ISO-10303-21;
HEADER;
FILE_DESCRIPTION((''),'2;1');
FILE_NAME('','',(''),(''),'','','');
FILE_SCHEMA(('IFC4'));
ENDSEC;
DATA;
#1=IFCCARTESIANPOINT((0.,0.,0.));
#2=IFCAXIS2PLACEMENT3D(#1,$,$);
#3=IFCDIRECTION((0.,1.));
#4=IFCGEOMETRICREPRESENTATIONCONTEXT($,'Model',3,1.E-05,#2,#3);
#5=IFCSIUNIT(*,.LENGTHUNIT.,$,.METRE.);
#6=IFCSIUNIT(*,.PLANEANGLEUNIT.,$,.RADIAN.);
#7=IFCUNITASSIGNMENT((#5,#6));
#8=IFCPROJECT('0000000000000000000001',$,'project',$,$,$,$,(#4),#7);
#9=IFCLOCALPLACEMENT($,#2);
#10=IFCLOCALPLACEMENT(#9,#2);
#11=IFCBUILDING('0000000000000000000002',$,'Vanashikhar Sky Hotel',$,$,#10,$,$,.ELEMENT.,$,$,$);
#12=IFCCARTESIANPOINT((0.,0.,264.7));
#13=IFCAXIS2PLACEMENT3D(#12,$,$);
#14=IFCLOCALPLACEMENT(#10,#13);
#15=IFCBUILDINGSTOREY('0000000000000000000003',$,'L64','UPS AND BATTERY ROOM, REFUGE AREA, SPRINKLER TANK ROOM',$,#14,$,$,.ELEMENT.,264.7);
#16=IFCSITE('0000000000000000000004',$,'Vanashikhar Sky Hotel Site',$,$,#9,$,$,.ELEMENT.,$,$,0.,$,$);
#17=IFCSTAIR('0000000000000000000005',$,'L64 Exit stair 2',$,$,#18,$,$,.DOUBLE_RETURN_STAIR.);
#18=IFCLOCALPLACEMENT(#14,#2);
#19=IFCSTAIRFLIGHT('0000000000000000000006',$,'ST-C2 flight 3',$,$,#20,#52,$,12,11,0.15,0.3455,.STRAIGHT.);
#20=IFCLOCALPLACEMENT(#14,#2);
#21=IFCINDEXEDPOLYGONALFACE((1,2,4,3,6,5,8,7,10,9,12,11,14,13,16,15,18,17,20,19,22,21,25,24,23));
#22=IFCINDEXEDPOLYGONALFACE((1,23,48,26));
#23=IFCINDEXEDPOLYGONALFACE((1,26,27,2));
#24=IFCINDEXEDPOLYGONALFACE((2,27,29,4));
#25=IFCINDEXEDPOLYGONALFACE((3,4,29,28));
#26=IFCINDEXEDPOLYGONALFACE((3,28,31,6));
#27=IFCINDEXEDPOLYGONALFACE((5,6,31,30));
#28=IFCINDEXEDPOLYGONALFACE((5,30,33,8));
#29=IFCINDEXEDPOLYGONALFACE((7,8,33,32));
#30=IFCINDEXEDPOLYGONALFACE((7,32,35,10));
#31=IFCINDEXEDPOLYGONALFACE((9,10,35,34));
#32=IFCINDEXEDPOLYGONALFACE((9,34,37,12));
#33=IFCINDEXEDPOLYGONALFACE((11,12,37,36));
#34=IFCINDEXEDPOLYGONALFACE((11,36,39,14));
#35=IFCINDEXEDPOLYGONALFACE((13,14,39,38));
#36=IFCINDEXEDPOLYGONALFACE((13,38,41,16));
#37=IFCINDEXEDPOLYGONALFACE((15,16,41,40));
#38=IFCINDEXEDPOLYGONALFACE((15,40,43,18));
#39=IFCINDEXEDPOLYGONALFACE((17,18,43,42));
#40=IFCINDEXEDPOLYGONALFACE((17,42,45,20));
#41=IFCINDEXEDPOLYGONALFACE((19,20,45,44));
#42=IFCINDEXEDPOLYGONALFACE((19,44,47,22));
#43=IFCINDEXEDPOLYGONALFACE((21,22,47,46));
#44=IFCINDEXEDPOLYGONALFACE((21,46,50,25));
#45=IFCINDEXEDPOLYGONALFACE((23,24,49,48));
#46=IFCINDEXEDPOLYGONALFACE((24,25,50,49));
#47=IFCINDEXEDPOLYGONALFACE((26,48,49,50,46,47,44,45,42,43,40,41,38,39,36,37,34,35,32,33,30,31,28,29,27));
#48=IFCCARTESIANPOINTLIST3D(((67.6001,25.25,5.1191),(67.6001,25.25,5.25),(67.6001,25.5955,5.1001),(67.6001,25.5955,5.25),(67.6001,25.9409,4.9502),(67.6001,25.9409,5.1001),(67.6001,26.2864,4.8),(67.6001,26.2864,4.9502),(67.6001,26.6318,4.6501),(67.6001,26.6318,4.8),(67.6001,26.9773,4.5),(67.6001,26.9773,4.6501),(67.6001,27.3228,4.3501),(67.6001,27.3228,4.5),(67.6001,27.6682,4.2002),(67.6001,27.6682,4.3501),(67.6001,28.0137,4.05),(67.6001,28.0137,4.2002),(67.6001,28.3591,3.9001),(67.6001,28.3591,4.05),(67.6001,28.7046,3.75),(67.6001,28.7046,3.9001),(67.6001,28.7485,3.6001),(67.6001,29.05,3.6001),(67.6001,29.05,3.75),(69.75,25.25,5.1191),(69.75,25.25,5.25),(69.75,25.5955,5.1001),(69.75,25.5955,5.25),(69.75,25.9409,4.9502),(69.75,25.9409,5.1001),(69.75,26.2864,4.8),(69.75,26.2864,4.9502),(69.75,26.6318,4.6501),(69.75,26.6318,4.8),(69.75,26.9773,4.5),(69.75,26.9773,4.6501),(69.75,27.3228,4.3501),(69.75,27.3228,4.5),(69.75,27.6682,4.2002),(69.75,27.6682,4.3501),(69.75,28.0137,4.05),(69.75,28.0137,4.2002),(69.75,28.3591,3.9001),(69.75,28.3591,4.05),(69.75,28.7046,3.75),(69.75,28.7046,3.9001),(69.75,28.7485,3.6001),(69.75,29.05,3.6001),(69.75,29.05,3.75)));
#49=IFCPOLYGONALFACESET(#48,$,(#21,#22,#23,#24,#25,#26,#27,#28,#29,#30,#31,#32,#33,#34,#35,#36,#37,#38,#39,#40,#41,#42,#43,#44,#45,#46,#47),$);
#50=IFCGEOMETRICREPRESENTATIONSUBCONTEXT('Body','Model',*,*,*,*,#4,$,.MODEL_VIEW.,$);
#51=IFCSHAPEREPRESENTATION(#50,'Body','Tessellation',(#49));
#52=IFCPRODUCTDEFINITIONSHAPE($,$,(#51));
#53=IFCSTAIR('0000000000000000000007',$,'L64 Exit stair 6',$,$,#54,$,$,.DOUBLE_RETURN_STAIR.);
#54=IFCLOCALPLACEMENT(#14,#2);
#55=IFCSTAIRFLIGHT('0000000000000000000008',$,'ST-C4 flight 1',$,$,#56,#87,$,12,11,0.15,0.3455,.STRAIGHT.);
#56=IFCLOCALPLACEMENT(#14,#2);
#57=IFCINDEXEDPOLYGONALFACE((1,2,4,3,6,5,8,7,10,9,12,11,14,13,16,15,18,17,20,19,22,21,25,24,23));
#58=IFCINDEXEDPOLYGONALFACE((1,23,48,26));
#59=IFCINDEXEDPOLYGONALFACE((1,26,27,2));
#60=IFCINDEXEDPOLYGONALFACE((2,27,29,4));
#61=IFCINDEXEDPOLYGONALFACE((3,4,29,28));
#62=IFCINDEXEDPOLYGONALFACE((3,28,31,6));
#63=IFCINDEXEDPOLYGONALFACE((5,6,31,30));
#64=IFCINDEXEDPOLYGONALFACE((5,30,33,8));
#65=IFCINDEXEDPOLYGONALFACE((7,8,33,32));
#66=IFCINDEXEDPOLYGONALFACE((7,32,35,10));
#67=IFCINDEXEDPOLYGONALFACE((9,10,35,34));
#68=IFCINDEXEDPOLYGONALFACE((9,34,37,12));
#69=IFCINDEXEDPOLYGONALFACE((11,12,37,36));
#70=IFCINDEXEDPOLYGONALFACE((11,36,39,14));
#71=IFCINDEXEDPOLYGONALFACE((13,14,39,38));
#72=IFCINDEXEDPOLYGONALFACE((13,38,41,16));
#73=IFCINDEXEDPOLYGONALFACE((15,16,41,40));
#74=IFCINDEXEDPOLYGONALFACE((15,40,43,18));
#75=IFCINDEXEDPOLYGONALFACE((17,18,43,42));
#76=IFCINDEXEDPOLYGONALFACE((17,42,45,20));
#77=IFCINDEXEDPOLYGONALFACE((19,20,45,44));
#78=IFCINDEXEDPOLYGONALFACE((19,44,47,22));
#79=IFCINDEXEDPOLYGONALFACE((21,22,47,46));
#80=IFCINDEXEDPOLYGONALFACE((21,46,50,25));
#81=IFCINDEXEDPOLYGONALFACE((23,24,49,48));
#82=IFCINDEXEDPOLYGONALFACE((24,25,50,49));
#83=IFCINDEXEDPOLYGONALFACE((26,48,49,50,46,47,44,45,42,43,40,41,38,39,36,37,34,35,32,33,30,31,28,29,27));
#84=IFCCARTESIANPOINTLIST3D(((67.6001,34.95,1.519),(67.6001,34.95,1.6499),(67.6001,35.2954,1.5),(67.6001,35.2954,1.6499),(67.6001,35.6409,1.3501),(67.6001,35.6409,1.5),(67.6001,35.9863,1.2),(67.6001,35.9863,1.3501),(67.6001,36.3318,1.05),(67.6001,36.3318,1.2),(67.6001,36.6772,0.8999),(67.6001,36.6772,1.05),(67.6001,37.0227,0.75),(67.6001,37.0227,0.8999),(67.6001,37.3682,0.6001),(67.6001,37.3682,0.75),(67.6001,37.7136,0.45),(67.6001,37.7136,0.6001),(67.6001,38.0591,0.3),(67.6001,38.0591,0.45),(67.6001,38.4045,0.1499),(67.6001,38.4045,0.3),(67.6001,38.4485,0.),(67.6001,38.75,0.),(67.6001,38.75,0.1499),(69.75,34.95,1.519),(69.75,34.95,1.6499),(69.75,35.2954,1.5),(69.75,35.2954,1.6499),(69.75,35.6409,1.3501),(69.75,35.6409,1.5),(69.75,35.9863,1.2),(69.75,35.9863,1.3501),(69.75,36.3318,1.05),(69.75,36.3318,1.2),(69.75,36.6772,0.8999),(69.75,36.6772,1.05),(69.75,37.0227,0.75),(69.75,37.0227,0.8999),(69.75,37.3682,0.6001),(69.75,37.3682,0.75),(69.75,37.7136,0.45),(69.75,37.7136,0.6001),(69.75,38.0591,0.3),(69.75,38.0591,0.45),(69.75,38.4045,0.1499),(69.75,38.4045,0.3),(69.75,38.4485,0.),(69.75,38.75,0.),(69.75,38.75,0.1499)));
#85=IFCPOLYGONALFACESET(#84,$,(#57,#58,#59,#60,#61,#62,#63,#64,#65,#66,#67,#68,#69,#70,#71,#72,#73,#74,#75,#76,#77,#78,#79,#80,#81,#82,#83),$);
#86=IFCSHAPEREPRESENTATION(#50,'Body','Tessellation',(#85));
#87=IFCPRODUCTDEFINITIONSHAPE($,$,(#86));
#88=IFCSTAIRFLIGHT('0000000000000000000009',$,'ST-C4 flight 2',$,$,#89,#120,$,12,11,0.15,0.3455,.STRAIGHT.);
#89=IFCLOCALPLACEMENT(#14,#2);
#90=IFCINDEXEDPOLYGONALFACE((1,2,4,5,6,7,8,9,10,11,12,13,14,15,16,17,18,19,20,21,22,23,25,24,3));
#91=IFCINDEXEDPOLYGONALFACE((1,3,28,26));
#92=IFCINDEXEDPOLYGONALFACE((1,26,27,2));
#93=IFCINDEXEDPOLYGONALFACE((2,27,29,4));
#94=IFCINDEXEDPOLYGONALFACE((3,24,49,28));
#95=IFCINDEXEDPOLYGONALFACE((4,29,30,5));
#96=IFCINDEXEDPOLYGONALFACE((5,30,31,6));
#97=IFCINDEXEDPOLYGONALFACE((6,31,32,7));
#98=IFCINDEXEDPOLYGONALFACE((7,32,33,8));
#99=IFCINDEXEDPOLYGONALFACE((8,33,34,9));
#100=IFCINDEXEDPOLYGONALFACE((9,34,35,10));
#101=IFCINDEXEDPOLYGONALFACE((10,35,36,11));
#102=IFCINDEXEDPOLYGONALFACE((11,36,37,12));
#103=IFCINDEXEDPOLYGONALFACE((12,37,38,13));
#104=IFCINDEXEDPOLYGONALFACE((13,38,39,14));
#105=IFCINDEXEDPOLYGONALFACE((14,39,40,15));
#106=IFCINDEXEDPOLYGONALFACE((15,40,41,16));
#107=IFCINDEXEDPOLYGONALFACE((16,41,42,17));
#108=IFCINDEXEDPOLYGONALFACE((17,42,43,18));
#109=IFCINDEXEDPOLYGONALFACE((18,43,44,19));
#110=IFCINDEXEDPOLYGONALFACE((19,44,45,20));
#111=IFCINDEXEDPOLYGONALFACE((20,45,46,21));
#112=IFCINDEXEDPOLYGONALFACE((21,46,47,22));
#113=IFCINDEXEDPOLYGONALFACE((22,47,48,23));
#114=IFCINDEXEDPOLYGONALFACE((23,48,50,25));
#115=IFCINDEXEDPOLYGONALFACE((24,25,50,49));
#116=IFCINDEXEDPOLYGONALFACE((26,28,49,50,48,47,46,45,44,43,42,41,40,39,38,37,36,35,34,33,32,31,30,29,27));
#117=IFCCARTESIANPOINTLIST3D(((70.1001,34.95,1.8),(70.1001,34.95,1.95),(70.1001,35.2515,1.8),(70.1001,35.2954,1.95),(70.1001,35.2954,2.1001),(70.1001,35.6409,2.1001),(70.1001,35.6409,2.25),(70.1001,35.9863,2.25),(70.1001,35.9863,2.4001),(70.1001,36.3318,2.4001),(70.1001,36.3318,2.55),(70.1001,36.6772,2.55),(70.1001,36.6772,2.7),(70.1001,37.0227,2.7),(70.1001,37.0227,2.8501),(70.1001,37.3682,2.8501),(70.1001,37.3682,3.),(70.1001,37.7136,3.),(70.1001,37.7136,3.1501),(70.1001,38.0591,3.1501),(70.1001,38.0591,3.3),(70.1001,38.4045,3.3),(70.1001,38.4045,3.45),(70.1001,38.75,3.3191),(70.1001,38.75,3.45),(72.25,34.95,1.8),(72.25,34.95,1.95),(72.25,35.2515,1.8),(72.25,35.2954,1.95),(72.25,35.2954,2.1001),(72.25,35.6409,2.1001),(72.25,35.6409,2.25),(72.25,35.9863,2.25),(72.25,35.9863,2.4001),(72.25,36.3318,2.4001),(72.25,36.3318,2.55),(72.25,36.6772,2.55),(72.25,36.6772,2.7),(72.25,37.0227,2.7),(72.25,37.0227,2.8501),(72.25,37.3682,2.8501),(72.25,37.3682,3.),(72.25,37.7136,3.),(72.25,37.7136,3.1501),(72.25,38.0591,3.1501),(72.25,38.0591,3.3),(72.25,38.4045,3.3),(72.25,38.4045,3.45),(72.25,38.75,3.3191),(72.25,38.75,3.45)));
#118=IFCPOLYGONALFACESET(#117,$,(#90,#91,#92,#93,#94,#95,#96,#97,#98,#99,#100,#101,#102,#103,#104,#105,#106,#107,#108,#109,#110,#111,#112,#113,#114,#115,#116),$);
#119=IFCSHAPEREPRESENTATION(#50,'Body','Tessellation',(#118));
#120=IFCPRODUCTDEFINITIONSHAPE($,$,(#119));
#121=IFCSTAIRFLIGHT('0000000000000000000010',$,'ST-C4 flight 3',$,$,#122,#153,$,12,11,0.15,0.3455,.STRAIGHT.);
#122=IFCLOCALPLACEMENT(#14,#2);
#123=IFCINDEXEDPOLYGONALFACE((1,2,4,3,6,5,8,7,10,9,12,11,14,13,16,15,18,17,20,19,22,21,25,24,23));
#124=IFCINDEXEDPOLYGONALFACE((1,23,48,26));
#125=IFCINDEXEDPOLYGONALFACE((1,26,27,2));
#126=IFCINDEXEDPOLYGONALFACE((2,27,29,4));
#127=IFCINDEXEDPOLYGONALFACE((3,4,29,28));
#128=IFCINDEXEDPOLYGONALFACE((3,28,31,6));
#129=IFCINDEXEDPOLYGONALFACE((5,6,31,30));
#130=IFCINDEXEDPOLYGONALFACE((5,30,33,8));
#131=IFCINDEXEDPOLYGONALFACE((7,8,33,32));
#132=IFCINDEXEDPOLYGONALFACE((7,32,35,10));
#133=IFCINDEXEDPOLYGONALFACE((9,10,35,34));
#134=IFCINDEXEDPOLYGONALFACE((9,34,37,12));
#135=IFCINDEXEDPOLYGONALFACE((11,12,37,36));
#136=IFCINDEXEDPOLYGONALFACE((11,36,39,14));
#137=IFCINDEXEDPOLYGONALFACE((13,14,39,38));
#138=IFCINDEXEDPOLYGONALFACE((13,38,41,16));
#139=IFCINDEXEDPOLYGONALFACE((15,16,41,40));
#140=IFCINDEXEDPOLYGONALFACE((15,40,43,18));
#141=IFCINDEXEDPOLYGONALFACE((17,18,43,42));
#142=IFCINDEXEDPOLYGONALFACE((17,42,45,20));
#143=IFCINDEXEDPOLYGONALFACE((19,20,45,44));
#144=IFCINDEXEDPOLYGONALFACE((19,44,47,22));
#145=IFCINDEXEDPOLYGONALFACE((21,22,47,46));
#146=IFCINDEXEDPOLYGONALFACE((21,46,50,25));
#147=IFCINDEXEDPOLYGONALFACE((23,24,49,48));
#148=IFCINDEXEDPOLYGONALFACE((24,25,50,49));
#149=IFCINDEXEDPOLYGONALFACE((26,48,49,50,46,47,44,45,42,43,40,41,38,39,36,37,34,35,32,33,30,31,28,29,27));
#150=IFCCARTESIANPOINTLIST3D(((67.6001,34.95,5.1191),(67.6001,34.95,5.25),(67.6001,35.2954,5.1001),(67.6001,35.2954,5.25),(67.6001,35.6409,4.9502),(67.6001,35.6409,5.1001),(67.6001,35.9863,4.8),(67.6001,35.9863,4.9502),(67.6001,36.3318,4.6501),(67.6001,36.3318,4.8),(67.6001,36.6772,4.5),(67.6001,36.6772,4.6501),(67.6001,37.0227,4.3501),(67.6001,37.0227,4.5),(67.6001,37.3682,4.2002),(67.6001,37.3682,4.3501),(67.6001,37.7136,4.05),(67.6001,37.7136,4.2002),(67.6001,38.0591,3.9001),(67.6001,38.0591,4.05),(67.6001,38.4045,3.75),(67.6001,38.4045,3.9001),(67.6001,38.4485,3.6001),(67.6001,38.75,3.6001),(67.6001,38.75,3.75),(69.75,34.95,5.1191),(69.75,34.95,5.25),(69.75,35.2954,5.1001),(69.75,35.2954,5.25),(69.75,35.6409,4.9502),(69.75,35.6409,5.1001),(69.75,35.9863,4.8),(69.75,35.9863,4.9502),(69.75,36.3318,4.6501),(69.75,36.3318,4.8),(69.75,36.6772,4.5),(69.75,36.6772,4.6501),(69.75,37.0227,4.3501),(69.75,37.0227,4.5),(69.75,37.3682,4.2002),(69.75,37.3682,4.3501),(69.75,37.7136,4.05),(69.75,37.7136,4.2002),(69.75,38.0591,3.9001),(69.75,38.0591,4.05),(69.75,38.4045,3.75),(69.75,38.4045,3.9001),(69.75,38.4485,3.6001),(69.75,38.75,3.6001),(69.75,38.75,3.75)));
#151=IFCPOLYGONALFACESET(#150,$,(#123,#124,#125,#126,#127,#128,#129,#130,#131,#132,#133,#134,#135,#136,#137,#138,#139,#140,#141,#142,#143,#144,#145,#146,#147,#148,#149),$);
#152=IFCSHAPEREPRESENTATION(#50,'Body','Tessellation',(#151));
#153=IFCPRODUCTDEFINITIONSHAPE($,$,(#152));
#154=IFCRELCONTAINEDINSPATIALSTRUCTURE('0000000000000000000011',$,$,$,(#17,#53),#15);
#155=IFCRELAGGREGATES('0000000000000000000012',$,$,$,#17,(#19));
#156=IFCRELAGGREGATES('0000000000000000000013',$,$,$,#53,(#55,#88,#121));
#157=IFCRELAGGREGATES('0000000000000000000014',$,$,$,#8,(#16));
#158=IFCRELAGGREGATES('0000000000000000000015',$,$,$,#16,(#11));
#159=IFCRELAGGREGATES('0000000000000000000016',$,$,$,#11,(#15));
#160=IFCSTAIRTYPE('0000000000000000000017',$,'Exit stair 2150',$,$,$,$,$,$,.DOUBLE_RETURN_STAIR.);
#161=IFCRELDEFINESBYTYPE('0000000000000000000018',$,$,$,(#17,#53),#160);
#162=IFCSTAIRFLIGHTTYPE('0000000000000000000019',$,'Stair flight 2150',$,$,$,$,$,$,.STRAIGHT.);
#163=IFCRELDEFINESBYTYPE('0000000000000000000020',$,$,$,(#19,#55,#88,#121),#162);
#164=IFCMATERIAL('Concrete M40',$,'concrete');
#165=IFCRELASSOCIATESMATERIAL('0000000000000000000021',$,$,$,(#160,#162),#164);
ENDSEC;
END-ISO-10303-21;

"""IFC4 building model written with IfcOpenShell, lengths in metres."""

from ifc_helpers import new_model, si_unit, direction, frame, origin, place, context, subcontext, project, spatial, polyline, outline, extrude, source, transform, mapped, material, type_object, element, aggregate, save


model = new_model("IFC4")

# Units and contexts
model_context = context("Model", 3, precision=1e-05, world=origin(), true_north=direction((0.0, 1.0)))
body_context = subcontext(model_context, "Body", "Model", "MODEL_VIEW")
ifc_project = project(units=[si_unit("LENGTHUNIT", "METRE"), si_unit("PLANEANGLEUNIT", "RADIAN")], contexts=[model_context])

# Site, building, storey
site_placement = place(None, origin())
site = spatial("IfcSite", under=ifc_project, at=site_placement, Name="Vanashikhar Sky Hotel Site", CompositionType="ELEMENT", RefElevation=0.0)
building_placement = place(site_placement, origin())
building = spatial("IfcBuilding", under=site, at=building_placement, Name="Vanashikhar Sky Hotel", CompositionType="ELEMENT")
storey_placement = place(building_placement, frame((0.0, 0.0, 264.7)))
storey = spatial("IfcBuildingStorey", under=building, at=storey_placement, Name="L64", Description="UPS AND BATTERY ROOM, REFUGE AREA, SPRINKLER TANK ROOM", CompositionType="ELEMENT", Elevation=264.7)

# Stairs, stair flights
ifc_material_1 = material(Name="Concrete M40", Category="concrete")
stair_type = type_object("IfcStairType", Name="Exit stair 2150", PredefinedType="DOUBLE_RETURN_STAIR", material=ifc_material_1)
stair_1_placement = place(storey_placement, origin())
stair_1 = element("IfcStair", 1, at=stair_1_placement, inside=storey, type_object=stair_type, Name="L64 Exit stair 2", PredefinedType="DOUBLE_RETURN_STAIR")
stair_flight_type = type_object("IfcStairFlightType", Name="Stair flight 2150", PredefinedType="STRAIGHT", material=ifc_material_1)
shared_shape_1 = source(origin(), body_context, "Body", "SweptSolid", [
    extrude(outline(polyline([(0.0, 0.0), (0.0, 0.1499), (0.3455, 0.1499), (0.3455, 0.3), (0.6909, 0.3), (0.6909, 0.45), (1.0364, 0.45), (1.0364, 0.6001), (1.3818, 0.6001), (1.3818, 0.75), (1.7273, 0.75), (1.7273, 0.8999), (2.0728, 0.8999), (2.0728, 1.05), (2.4182, 1.05), (2.4182, 1.2), (2.7637, 1.2), (2.7637, 1.3501), (3.1091, 1.3501), (3.1091, 1.5), (3.4546, 1.5), (3.4546, 1.6499), (3.8, 1.6499), (3.8, 1.8), (3.8, 1.519), (0.3015, 0.0), (0.0, 0.0)])), frame((0.0, 1.075, 0.0), z_axis=(0.0, -1.0, 0.0), x_axis=(1.0, 0.0, 0.0)), (0.0, 0.0, 1.0), 2.1499),
])
stair_flight_1_placement = place(storey_placement, frame((68.675, 29.05, 3.6001), z_axis=(0.0, 0.0, 1.0), x_axis=(0.0, -1.0, 0.0)))
stair_flight_1 = element("IfcStairFlight", 2, at=stair_flight_1_placement, type_object=stair_flight_type, Name="ST-C2 flight 3", NumberOfRisers=12, NumberOfTreads=11, PredefinedType="STRAIGHT", RiserHeight=0.15, TreadLength=0.3455, context=body_context, shape_type="MappedRepresentation", body=[
    mapped(shared_shape_1, transform((0.0, 0.0, 0.0), scale=1.0)),
])
aggregate(stair_1, [stair_flight_1])
stair_2_placement = place(storey_placement, origin())
stair_2 = element("IfcStair", 3, at=stair_2_placement, inside=storey, type_object=stair_type, Name="L64 Exit stair 6", PredefinedType="DOUBLE_RETURN_STAIR")
stair_flight_2_placement = place(storey_placement, frame((68.675, 38.75, 0.0), z_axis=(0.0, 0.0, 1.0), x_axis=(0.0, -1.0, 0.0)))
stair_flight_2 = element("IfcStairFlight", 4, at=stair_flight_2_placement, type_object=stair_flight_type, Name="ST-C4 flight 1", NumberOfRisers=12, NumberOfTreads=11, PredefinedType="STRAIGHT", RiserHeight=0.15, TreadLength=0.3455, context=body_context, shape_type="MappedRepresentation", body=[
    mapped(shared_shape_1, transform((0.0, 0.0, 0.0), scale=1.0)),
])
stair_flight_3_placement = place(storey_placement, frame((71.175, 34.95, 1.8), z_axis=(0.0, 0.0, 1.0), x_axis=(0.0, 1.0, 0.0)))
stair_flight_3 = element("IfcStairFlight", 5, at=stair_flight_3_placement, type_object=stair_flight_type, Name="ST-C4 flight 2", NumberOfRisers=12, NumberOfTreads=11, PredefinedType="STRAIGHT", RiserHeight=0.15, TreadLength=0.3455, context=body_context, shape_type="MappedRepresentation", body=[
    mapped(shared_shape_1, transform((0.0, 0.0, 0.0), scale=1.0)),
])
stair_flight_4_placement = place(storey_placement, frame((68.675, 38.75, 3.6001), z_axis=(0.0, 0.0, 1.0), x_axis=(0.0, -1.0, 0.0)))
stair_flight_4 = element("IfcStairFlight", 6, at=stair_flight_4_placement, type_object=stair_flight_type, Name="ST-C4 flight 3", NumberOfRisers=12, NumberOfTreads=11, PredefinedType="STRAIGHT", RiserHeight=0.15, TreadLength=0.3455, context=body_context, shape_type="MappedRepresentation", body=[
    mapped(shared_shape_1, transform((0.0, 0.0, 0.0), scale=1.0)),
])
aggregate(stair_2, [stair_flight_2, stair_flight_3, stair_flight_4])

save(model, "model.ifc")
